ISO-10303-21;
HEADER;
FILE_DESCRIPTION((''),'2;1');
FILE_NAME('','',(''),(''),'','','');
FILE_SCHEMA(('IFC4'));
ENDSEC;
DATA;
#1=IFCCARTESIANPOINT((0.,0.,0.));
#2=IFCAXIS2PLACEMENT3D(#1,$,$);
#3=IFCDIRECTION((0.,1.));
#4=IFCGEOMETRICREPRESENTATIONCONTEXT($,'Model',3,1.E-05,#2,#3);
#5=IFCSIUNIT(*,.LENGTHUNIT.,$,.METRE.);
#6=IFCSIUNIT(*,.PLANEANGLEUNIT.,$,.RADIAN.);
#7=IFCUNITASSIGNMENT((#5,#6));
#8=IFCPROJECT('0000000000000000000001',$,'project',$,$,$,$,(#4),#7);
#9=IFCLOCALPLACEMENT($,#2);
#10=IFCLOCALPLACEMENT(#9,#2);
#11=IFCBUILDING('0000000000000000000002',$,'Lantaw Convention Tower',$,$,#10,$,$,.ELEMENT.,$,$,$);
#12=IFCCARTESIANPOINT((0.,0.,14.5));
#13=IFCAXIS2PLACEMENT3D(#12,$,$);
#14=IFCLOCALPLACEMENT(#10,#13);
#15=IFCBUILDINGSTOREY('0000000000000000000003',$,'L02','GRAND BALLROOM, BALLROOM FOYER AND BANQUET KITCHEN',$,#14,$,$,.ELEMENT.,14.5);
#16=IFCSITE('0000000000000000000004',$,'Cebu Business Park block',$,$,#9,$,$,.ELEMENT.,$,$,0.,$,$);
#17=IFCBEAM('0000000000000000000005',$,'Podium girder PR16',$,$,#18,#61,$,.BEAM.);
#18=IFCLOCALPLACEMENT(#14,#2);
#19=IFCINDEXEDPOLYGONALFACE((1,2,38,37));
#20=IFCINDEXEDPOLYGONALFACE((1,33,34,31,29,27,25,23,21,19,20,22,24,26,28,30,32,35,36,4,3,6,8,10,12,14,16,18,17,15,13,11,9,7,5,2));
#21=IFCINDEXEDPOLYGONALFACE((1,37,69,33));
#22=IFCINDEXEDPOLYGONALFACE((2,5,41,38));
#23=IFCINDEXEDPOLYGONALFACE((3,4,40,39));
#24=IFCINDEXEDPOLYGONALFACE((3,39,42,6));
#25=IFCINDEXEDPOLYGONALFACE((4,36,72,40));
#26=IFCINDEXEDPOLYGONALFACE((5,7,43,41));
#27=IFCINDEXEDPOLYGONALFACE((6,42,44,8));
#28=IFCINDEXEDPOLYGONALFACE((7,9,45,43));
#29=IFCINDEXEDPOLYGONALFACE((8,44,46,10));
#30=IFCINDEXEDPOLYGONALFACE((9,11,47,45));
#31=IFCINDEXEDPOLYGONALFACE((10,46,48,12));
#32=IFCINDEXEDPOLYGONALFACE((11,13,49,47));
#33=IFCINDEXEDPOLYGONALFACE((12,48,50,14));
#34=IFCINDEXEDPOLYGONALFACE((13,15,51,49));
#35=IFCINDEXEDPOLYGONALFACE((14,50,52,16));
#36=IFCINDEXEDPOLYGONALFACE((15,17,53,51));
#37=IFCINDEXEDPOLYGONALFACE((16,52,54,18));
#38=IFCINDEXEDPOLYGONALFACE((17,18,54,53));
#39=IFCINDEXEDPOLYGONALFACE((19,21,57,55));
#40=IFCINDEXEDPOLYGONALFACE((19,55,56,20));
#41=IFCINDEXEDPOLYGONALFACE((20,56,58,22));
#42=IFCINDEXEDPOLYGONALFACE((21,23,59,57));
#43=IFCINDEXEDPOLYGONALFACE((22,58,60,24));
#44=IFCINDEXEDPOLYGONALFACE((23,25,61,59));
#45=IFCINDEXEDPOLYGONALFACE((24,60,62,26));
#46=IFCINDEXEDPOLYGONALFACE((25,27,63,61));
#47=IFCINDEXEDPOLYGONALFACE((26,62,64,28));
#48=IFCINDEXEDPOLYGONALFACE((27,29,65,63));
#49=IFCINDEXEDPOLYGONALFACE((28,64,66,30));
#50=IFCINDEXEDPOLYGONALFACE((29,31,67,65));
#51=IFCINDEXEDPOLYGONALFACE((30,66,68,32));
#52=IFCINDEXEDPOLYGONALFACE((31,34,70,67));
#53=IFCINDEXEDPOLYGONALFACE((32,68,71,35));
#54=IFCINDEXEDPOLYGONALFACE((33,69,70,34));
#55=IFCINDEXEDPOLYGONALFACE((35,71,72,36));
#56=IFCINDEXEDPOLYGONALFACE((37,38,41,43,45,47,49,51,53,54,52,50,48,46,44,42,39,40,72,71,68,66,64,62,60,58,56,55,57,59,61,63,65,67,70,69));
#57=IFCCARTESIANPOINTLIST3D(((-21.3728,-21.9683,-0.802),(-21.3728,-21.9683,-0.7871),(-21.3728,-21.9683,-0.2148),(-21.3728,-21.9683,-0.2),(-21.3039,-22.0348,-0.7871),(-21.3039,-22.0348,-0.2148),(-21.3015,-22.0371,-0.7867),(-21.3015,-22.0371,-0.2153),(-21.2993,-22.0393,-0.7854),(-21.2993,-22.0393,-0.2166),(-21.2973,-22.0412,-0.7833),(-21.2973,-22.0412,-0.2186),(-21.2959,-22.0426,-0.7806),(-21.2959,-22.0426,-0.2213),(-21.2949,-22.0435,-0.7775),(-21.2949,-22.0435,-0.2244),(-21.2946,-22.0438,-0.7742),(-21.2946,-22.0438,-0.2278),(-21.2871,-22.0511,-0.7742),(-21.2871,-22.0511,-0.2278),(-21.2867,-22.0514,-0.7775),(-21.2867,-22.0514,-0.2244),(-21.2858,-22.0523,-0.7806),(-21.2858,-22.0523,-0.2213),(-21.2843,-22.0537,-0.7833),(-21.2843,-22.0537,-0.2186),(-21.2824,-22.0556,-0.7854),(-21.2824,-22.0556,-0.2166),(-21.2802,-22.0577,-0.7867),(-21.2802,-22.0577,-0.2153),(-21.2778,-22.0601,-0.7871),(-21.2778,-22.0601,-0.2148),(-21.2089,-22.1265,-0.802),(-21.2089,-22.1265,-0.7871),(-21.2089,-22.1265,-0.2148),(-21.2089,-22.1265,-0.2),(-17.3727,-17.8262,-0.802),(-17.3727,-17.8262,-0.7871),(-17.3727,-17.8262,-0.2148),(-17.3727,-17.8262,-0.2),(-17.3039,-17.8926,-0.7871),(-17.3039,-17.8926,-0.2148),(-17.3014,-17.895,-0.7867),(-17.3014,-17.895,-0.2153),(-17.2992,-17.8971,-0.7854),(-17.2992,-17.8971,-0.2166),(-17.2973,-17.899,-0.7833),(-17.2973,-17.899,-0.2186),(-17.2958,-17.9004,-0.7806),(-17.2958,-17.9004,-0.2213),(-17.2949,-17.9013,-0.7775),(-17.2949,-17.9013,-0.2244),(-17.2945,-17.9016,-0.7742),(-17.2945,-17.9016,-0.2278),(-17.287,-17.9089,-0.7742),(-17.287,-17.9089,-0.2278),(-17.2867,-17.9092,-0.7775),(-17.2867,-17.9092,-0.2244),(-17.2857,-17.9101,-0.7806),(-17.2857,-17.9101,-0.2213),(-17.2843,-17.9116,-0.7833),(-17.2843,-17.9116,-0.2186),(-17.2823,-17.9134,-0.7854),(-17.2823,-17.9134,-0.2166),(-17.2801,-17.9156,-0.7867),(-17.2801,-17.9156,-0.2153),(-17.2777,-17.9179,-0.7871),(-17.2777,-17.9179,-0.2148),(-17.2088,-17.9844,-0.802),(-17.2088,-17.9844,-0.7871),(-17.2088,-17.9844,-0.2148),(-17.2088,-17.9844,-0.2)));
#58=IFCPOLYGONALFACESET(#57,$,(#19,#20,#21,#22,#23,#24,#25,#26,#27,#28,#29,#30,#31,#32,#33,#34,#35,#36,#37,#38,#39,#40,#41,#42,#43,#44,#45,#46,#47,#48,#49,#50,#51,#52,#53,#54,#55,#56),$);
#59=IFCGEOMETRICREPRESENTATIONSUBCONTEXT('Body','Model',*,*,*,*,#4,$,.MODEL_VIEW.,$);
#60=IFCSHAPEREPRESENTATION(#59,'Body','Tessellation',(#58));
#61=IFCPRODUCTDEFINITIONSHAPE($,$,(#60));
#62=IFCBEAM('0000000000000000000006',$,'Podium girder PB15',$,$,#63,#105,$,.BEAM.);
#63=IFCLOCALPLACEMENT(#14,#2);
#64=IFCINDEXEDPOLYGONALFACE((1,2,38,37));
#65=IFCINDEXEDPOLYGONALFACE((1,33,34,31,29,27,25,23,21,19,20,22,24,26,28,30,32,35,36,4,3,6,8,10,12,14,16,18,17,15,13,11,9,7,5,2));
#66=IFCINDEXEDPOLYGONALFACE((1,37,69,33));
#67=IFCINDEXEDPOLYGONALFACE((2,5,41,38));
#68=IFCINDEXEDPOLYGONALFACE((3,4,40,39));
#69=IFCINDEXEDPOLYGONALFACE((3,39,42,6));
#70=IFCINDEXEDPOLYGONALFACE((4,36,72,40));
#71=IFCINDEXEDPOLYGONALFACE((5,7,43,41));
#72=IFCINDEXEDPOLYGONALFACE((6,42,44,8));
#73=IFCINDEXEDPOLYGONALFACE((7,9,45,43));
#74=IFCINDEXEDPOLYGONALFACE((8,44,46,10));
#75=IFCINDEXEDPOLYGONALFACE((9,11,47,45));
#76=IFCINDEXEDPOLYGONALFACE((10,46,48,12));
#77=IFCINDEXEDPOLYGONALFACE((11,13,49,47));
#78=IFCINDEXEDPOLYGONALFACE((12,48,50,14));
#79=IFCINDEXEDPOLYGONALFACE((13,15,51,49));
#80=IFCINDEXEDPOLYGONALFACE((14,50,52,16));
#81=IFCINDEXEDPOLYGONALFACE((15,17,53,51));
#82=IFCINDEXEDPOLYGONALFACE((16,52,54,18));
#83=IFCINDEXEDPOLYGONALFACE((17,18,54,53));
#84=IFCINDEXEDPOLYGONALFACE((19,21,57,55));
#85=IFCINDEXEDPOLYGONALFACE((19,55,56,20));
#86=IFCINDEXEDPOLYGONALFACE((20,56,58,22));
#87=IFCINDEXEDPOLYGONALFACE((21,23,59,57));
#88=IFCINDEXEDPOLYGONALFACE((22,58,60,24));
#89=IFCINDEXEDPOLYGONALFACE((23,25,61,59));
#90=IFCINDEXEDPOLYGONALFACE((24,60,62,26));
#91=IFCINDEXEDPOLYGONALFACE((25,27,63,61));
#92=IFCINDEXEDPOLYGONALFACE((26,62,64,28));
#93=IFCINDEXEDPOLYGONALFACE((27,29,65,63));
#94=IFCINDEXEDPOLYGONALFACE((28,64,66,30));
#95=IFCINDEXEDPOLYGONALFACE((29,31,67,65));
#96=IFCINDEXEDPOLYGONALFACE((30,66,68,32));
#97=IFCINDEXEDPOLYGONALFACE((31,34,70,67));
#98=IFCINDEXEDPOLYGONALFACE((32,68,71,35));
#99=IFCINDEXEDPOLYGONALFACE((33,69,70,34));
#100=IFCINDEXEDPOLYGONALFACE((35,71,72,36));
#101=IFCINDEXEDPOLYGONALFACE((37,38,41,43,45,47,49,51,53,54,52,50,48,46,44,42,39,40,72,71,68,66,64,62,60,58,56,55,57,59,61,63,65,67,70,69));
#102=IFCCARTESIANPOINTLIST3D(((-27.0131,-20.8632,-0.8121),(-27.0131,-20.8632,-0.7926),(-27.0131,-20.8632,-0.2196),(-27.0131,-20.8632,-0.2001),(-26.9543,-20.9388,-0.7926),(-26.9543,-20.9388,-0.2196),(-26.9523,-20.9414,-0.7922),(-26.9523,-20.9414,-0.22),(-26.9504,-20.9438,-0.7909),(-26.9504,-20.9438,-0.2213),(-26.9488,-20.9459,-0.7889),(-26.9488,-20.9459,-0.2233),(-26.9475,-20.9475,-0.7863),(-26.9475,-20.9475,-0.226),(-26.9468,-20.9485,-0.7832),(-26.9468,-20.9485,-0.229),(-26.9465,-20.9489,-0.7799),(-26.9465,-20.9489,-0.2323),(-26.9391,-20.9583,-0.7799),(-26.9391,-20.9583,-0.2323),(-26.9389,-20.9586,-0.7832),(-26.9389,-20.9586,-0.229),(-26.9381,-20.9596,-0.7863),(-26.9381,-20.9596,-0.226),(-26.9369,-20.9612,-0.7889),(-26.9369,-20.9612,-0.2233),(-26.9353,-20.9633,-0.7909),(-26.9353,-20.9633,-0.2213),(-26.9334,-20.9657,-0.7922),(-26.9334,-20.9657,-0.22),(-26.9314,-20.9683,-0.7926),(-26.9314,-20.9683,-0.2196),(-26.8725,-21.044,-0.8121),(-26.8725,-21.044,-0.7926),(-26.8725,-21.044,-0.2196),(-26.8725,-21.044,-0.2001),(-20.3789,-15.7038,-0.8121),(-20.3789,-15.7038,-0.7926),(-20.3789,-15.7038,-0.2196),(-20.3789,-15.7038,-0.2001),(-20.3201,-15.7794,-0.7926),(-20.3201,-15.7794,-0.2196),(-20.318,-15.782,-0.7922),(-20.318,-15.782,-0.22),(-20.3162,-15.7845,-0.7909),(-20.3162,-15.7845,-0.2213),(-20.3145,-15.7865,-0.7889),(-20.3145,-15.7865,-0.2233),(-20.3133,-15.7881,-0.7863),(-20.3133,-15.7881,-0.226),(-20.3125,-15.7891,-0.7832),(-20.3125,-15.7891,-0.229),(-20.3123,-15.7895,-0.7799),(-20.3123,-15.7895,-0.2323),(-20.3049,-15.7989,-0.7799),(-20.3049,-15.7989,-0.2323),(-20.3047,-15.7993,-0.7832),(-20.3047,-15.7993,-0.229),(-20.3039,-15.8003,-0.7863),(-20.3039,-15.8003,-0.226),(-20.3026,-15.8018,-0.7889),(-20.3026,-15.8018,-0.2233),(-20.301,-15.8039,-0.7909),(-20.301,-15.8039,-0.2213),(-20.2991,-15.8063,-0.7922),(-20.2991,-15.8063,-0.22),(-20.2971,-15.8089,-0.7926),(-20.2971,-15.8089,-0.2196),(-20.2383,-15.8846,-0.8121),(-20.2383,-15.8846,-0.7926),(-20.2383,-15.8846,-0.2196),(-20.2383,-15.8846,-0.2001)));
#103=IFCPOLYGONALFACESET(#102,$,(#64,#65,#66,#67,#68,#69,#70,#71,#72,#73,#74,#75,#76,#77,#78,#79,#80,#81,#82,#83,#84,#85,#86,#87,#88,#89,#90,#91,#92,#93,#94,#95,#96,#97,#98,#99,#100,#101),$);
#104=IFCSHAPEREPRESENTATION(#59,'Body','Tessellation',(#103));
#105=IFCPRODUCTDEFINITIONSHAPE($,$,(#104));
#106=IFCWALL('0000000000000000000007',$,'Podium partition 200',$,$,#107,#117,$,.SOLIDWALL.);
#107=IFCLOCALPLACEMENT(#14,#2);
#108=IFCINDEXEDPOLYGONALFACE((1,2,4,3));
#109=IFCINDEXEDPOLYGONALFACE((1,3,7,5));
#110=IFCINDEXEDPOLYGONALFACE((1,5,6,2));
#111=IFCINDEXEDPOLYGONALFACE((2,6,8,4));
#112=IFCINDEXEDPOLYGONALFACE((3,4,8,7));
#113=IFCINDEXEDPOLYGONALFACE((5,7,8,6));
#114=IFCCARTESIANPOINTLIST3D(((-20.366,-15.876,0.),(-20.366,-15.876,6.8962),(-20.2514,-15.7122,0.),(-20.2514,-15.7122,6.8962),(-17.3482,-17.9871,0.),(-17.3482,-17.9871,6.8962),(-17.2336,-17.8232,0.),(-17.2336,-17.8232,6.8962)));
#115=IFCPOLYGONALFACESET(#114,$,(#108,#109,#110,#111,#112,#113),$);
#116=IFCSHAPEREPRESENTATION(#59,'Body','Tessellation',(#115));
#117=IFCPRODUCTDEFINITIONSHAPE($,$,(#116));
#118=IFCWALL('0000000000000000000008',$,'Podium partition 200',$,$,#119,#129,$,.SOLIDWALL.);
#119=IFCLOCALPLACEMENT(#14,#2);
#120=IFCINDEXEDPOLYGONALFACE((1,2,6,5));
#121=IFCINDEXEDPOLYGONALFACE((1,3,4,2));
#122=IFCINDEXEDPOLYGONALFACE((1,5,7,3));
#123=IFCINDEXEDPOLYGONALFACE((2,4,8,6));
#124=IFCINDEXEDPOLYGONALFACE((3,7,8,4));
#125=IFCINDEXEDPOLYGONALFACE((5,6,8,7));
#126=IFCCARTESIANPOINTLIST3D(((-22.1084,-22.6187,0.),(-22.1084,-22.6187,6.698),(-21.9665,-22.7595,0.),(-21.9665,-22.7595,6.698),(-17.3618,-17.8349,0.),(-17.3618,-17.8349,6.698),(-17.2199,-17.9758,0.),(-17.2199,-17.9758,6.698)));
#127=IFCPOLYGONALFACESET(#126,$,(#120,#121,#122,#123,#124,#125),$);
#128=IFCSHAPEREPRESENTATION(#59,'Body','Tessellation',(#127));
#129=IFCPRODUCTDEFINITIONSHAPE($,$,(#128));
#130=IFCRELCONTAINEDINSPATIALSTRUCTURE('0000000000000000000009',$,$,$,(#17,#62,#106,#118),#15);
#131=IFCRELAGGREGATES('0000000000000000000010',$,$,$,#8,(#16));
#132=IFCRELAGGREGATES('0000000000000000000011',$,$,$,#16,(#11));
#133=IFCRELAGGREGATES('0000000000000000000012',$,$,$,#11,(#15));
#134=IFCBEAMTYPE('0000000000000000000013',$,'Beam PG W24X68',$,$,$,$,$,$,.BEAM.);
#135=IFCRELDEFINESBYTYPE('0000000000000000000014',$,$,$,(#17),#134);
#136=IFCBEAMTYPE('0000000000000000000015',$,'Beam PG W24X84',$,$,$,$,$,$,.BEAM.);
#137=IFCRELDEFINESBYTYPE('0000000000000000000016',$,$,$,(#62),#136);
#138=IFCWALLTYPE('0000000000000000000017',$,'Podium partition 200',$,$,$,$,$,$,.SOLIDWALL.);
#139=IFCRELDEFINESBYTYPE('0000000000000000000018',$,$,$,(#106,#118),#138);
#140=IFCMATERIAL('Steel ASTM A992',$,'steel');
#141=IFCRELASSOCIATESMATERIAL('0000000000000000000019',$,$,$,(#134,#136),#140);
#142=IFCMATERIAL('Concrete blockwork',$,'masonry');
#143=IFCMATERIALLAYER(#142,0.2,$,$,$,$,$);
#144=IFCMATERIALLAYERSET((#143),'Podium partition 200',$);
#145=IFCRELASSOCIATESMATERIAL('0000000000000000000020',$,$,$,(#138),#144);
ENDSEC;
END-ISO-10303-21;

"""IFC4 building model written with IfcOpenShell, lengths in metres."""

from ifc_helpers import new_model, si_unit, direction, frame, frame_2d, origin, origin_2d, place, context, subcontext, project, spatial, rectangle, i_section, extrude, material, layer, layer_set, material_profile, profile_set, type_object, element, save


model = new_model("IFC4")

# Units and contexts
model_context = context("Model", 3, precision=1e-05, world=origin(), true_north=direction((0.0, 1.0)))
body_context = subcontext(model_context, "Body", "Model", "MODEL_VIEW")
ifc_project = project(units=[si_unit("LENGTHUNIT", "METRE"), si_unit("PLANEANGLEUNIT", "RADIAN")], contexts=[model_context])

# Site, building, storey
site_placement = place(None, origin())
site = spatial("IfcSite", under=ifc_project, at=site_placement, Name="Cebu Business Park block", CompositionType="ELEMENT", RefElevation=0.0)
building_placement = place(site_placement, origin())
building = spatial("IfcBuilding", under=site, at=building_placement, Name="Lantaw Convention Tower", CompositionType="ELEMENT")
storey_placement = place(building_placement, frame((0.0, 0.0, 14.5)))
storey = spatial("IfcBuildingStorey", under=building, at=storey_placement, Name="L02", Description="GRAND BALLROOM, BALLROOM FOYER AND BANQUET KITCHEN", CompositionType="ELEMENT", Elevation=14.5)

# Beams
ifc_material_1 = material(Name="Steel ASTM A992", Category="steel")
ifc_material_profile_1 = material_profile(ifc_material_1, i_section(OverallWidth=0.2278, OverallDepth=0.6021, WebThickness=0.0105, FlangeThickness=0.0149, FilletRadius=0.0129, at=origin_2d()), Name="W24X68")
ifc_profile_set_1 = profile_set([ifc_material_profile_1], Name="Steel ASTM A992")
beam_type_1 = type_object("IfcBeamType", Name="Beam PG W24X68", PredefinedType="BEAM", material=ifc_profile_set_1)
beam_1_placement = place(storey_placement, frame((-17.2908, -17.9053, -0.501), z_axis=(-0.694661, -0.719337, 0.0), x_axis=(0.719337, -0.694661, 0.0)))
element("IfcBeam", 1, at=beam_1_placement, inside=storey, type_object=beam_type_1, Name="Podium girder PR16", PredefinedType="BEAM", context=body_context, shape_type="SweptSolid", body=[
    extrude(i_section(OverallWidth=0.2278, OverallDepth=0.6021, WebThickness=0.0105, FlangeThickness=0.0149, FilletRadius=0.0129, at=origin_2d()), origin(), (0.0, 0.0, 1.0), 5.7583),
])
ifc_material_profile_2 = material_profile(ifc_material_1, i_section(OverallWidth=0.229, OverallDepth=0.6121, WebThickness=0.012, FlangeThickness=0.0195, FilletRadius=0.0127, at=origin_2d()), Name="W24X84")
ifc_profile_set_2 = profile_set([ifc_material_profile_2], Name="Steel ASTM A992")
beam_type_2 = type_object("IfcBeamType", Name="Beam PG W24X84", PredefinedType="BEAM", material=ifc_profile_set_2)
beam_2_placement = place(storey_placement, frame((-20.3086, -15.7942, -0.5061), z_axis=(-0.789385, -0.613898, 0.0), x_axis=(0.613898, -0.789385, 0.0)))
element("IfcBeam", 2, at=beam_2_placement, inside=storey, type_object=beam_type_2, Name="Podium girder PB15", PredefinedType="BEAM", context=body_context, shape_type="SweptSolid", body=[
    extrude(i_section(OverallWidth=0.229, OverallDepth=0.6121, WebThickness=0.012, FlangeThickness=0.0195, FilletRadius=0.0127, at=origin_2d()), origin(), (0.0, 0.0, 1.0), 8.4043),
])

# Shared definitions
ifc_material_2 = material(Name="Concrete blockwork", Category="masonry")
ifc_layer = layer(ifc_material_2, 0.2)
ifc_layer_set = layer_set([ifc_layer], Name="Podium partition 200")
wall_type = type_object("IfcWallType", Name="Podium partition 200", PredefinedType="SOLIDWALL", material=ifc_layer_set)

# Walls
wall_1_placement = place(storey_placement, frame((-20.3086, -15.7942, 0.0), z_axis=(0.0, 0.0, 1.0), x_axis=(0.819409, -0.573209, 0.0)))
element("IfcWall", 3, at=wall_1_placement, inside=storey, type_object=wall_type, Name="Podium partition 200", PredefinedType="SOLIDWALL", context=body_context, shape_type="SweptSolid", body=[
    extrude(rectangle(XDim=3.6829, YDim=0.2, at=frame_2d((1.8413, 0.0))), origin(), (0.0, 0.0, 1.0), 6.8962),
])
wall_2_placement = place(storey_placement, frame((-17.2908, -17.9053, 0.0), z_axis=(0.0, 0.0, 1.0), x_axis=(-0.704348, -0.709855, 0.0)))
element("IfcWall", 4, at=wall_2_placement, inside=storey, type_object=wall_type, Name="Podium partition 200", PredefinedType="SOLIDWALL", context=body_context, shape_type="SweptSolid", body=[
    extrude(rectangle(XDim=6.739, YDim=0.2, at=frame_2d((3.3696, 0.0))), origin(), (0.0, 0.0, 1.0), 6.698),
])

save(model, "model.ifc")
